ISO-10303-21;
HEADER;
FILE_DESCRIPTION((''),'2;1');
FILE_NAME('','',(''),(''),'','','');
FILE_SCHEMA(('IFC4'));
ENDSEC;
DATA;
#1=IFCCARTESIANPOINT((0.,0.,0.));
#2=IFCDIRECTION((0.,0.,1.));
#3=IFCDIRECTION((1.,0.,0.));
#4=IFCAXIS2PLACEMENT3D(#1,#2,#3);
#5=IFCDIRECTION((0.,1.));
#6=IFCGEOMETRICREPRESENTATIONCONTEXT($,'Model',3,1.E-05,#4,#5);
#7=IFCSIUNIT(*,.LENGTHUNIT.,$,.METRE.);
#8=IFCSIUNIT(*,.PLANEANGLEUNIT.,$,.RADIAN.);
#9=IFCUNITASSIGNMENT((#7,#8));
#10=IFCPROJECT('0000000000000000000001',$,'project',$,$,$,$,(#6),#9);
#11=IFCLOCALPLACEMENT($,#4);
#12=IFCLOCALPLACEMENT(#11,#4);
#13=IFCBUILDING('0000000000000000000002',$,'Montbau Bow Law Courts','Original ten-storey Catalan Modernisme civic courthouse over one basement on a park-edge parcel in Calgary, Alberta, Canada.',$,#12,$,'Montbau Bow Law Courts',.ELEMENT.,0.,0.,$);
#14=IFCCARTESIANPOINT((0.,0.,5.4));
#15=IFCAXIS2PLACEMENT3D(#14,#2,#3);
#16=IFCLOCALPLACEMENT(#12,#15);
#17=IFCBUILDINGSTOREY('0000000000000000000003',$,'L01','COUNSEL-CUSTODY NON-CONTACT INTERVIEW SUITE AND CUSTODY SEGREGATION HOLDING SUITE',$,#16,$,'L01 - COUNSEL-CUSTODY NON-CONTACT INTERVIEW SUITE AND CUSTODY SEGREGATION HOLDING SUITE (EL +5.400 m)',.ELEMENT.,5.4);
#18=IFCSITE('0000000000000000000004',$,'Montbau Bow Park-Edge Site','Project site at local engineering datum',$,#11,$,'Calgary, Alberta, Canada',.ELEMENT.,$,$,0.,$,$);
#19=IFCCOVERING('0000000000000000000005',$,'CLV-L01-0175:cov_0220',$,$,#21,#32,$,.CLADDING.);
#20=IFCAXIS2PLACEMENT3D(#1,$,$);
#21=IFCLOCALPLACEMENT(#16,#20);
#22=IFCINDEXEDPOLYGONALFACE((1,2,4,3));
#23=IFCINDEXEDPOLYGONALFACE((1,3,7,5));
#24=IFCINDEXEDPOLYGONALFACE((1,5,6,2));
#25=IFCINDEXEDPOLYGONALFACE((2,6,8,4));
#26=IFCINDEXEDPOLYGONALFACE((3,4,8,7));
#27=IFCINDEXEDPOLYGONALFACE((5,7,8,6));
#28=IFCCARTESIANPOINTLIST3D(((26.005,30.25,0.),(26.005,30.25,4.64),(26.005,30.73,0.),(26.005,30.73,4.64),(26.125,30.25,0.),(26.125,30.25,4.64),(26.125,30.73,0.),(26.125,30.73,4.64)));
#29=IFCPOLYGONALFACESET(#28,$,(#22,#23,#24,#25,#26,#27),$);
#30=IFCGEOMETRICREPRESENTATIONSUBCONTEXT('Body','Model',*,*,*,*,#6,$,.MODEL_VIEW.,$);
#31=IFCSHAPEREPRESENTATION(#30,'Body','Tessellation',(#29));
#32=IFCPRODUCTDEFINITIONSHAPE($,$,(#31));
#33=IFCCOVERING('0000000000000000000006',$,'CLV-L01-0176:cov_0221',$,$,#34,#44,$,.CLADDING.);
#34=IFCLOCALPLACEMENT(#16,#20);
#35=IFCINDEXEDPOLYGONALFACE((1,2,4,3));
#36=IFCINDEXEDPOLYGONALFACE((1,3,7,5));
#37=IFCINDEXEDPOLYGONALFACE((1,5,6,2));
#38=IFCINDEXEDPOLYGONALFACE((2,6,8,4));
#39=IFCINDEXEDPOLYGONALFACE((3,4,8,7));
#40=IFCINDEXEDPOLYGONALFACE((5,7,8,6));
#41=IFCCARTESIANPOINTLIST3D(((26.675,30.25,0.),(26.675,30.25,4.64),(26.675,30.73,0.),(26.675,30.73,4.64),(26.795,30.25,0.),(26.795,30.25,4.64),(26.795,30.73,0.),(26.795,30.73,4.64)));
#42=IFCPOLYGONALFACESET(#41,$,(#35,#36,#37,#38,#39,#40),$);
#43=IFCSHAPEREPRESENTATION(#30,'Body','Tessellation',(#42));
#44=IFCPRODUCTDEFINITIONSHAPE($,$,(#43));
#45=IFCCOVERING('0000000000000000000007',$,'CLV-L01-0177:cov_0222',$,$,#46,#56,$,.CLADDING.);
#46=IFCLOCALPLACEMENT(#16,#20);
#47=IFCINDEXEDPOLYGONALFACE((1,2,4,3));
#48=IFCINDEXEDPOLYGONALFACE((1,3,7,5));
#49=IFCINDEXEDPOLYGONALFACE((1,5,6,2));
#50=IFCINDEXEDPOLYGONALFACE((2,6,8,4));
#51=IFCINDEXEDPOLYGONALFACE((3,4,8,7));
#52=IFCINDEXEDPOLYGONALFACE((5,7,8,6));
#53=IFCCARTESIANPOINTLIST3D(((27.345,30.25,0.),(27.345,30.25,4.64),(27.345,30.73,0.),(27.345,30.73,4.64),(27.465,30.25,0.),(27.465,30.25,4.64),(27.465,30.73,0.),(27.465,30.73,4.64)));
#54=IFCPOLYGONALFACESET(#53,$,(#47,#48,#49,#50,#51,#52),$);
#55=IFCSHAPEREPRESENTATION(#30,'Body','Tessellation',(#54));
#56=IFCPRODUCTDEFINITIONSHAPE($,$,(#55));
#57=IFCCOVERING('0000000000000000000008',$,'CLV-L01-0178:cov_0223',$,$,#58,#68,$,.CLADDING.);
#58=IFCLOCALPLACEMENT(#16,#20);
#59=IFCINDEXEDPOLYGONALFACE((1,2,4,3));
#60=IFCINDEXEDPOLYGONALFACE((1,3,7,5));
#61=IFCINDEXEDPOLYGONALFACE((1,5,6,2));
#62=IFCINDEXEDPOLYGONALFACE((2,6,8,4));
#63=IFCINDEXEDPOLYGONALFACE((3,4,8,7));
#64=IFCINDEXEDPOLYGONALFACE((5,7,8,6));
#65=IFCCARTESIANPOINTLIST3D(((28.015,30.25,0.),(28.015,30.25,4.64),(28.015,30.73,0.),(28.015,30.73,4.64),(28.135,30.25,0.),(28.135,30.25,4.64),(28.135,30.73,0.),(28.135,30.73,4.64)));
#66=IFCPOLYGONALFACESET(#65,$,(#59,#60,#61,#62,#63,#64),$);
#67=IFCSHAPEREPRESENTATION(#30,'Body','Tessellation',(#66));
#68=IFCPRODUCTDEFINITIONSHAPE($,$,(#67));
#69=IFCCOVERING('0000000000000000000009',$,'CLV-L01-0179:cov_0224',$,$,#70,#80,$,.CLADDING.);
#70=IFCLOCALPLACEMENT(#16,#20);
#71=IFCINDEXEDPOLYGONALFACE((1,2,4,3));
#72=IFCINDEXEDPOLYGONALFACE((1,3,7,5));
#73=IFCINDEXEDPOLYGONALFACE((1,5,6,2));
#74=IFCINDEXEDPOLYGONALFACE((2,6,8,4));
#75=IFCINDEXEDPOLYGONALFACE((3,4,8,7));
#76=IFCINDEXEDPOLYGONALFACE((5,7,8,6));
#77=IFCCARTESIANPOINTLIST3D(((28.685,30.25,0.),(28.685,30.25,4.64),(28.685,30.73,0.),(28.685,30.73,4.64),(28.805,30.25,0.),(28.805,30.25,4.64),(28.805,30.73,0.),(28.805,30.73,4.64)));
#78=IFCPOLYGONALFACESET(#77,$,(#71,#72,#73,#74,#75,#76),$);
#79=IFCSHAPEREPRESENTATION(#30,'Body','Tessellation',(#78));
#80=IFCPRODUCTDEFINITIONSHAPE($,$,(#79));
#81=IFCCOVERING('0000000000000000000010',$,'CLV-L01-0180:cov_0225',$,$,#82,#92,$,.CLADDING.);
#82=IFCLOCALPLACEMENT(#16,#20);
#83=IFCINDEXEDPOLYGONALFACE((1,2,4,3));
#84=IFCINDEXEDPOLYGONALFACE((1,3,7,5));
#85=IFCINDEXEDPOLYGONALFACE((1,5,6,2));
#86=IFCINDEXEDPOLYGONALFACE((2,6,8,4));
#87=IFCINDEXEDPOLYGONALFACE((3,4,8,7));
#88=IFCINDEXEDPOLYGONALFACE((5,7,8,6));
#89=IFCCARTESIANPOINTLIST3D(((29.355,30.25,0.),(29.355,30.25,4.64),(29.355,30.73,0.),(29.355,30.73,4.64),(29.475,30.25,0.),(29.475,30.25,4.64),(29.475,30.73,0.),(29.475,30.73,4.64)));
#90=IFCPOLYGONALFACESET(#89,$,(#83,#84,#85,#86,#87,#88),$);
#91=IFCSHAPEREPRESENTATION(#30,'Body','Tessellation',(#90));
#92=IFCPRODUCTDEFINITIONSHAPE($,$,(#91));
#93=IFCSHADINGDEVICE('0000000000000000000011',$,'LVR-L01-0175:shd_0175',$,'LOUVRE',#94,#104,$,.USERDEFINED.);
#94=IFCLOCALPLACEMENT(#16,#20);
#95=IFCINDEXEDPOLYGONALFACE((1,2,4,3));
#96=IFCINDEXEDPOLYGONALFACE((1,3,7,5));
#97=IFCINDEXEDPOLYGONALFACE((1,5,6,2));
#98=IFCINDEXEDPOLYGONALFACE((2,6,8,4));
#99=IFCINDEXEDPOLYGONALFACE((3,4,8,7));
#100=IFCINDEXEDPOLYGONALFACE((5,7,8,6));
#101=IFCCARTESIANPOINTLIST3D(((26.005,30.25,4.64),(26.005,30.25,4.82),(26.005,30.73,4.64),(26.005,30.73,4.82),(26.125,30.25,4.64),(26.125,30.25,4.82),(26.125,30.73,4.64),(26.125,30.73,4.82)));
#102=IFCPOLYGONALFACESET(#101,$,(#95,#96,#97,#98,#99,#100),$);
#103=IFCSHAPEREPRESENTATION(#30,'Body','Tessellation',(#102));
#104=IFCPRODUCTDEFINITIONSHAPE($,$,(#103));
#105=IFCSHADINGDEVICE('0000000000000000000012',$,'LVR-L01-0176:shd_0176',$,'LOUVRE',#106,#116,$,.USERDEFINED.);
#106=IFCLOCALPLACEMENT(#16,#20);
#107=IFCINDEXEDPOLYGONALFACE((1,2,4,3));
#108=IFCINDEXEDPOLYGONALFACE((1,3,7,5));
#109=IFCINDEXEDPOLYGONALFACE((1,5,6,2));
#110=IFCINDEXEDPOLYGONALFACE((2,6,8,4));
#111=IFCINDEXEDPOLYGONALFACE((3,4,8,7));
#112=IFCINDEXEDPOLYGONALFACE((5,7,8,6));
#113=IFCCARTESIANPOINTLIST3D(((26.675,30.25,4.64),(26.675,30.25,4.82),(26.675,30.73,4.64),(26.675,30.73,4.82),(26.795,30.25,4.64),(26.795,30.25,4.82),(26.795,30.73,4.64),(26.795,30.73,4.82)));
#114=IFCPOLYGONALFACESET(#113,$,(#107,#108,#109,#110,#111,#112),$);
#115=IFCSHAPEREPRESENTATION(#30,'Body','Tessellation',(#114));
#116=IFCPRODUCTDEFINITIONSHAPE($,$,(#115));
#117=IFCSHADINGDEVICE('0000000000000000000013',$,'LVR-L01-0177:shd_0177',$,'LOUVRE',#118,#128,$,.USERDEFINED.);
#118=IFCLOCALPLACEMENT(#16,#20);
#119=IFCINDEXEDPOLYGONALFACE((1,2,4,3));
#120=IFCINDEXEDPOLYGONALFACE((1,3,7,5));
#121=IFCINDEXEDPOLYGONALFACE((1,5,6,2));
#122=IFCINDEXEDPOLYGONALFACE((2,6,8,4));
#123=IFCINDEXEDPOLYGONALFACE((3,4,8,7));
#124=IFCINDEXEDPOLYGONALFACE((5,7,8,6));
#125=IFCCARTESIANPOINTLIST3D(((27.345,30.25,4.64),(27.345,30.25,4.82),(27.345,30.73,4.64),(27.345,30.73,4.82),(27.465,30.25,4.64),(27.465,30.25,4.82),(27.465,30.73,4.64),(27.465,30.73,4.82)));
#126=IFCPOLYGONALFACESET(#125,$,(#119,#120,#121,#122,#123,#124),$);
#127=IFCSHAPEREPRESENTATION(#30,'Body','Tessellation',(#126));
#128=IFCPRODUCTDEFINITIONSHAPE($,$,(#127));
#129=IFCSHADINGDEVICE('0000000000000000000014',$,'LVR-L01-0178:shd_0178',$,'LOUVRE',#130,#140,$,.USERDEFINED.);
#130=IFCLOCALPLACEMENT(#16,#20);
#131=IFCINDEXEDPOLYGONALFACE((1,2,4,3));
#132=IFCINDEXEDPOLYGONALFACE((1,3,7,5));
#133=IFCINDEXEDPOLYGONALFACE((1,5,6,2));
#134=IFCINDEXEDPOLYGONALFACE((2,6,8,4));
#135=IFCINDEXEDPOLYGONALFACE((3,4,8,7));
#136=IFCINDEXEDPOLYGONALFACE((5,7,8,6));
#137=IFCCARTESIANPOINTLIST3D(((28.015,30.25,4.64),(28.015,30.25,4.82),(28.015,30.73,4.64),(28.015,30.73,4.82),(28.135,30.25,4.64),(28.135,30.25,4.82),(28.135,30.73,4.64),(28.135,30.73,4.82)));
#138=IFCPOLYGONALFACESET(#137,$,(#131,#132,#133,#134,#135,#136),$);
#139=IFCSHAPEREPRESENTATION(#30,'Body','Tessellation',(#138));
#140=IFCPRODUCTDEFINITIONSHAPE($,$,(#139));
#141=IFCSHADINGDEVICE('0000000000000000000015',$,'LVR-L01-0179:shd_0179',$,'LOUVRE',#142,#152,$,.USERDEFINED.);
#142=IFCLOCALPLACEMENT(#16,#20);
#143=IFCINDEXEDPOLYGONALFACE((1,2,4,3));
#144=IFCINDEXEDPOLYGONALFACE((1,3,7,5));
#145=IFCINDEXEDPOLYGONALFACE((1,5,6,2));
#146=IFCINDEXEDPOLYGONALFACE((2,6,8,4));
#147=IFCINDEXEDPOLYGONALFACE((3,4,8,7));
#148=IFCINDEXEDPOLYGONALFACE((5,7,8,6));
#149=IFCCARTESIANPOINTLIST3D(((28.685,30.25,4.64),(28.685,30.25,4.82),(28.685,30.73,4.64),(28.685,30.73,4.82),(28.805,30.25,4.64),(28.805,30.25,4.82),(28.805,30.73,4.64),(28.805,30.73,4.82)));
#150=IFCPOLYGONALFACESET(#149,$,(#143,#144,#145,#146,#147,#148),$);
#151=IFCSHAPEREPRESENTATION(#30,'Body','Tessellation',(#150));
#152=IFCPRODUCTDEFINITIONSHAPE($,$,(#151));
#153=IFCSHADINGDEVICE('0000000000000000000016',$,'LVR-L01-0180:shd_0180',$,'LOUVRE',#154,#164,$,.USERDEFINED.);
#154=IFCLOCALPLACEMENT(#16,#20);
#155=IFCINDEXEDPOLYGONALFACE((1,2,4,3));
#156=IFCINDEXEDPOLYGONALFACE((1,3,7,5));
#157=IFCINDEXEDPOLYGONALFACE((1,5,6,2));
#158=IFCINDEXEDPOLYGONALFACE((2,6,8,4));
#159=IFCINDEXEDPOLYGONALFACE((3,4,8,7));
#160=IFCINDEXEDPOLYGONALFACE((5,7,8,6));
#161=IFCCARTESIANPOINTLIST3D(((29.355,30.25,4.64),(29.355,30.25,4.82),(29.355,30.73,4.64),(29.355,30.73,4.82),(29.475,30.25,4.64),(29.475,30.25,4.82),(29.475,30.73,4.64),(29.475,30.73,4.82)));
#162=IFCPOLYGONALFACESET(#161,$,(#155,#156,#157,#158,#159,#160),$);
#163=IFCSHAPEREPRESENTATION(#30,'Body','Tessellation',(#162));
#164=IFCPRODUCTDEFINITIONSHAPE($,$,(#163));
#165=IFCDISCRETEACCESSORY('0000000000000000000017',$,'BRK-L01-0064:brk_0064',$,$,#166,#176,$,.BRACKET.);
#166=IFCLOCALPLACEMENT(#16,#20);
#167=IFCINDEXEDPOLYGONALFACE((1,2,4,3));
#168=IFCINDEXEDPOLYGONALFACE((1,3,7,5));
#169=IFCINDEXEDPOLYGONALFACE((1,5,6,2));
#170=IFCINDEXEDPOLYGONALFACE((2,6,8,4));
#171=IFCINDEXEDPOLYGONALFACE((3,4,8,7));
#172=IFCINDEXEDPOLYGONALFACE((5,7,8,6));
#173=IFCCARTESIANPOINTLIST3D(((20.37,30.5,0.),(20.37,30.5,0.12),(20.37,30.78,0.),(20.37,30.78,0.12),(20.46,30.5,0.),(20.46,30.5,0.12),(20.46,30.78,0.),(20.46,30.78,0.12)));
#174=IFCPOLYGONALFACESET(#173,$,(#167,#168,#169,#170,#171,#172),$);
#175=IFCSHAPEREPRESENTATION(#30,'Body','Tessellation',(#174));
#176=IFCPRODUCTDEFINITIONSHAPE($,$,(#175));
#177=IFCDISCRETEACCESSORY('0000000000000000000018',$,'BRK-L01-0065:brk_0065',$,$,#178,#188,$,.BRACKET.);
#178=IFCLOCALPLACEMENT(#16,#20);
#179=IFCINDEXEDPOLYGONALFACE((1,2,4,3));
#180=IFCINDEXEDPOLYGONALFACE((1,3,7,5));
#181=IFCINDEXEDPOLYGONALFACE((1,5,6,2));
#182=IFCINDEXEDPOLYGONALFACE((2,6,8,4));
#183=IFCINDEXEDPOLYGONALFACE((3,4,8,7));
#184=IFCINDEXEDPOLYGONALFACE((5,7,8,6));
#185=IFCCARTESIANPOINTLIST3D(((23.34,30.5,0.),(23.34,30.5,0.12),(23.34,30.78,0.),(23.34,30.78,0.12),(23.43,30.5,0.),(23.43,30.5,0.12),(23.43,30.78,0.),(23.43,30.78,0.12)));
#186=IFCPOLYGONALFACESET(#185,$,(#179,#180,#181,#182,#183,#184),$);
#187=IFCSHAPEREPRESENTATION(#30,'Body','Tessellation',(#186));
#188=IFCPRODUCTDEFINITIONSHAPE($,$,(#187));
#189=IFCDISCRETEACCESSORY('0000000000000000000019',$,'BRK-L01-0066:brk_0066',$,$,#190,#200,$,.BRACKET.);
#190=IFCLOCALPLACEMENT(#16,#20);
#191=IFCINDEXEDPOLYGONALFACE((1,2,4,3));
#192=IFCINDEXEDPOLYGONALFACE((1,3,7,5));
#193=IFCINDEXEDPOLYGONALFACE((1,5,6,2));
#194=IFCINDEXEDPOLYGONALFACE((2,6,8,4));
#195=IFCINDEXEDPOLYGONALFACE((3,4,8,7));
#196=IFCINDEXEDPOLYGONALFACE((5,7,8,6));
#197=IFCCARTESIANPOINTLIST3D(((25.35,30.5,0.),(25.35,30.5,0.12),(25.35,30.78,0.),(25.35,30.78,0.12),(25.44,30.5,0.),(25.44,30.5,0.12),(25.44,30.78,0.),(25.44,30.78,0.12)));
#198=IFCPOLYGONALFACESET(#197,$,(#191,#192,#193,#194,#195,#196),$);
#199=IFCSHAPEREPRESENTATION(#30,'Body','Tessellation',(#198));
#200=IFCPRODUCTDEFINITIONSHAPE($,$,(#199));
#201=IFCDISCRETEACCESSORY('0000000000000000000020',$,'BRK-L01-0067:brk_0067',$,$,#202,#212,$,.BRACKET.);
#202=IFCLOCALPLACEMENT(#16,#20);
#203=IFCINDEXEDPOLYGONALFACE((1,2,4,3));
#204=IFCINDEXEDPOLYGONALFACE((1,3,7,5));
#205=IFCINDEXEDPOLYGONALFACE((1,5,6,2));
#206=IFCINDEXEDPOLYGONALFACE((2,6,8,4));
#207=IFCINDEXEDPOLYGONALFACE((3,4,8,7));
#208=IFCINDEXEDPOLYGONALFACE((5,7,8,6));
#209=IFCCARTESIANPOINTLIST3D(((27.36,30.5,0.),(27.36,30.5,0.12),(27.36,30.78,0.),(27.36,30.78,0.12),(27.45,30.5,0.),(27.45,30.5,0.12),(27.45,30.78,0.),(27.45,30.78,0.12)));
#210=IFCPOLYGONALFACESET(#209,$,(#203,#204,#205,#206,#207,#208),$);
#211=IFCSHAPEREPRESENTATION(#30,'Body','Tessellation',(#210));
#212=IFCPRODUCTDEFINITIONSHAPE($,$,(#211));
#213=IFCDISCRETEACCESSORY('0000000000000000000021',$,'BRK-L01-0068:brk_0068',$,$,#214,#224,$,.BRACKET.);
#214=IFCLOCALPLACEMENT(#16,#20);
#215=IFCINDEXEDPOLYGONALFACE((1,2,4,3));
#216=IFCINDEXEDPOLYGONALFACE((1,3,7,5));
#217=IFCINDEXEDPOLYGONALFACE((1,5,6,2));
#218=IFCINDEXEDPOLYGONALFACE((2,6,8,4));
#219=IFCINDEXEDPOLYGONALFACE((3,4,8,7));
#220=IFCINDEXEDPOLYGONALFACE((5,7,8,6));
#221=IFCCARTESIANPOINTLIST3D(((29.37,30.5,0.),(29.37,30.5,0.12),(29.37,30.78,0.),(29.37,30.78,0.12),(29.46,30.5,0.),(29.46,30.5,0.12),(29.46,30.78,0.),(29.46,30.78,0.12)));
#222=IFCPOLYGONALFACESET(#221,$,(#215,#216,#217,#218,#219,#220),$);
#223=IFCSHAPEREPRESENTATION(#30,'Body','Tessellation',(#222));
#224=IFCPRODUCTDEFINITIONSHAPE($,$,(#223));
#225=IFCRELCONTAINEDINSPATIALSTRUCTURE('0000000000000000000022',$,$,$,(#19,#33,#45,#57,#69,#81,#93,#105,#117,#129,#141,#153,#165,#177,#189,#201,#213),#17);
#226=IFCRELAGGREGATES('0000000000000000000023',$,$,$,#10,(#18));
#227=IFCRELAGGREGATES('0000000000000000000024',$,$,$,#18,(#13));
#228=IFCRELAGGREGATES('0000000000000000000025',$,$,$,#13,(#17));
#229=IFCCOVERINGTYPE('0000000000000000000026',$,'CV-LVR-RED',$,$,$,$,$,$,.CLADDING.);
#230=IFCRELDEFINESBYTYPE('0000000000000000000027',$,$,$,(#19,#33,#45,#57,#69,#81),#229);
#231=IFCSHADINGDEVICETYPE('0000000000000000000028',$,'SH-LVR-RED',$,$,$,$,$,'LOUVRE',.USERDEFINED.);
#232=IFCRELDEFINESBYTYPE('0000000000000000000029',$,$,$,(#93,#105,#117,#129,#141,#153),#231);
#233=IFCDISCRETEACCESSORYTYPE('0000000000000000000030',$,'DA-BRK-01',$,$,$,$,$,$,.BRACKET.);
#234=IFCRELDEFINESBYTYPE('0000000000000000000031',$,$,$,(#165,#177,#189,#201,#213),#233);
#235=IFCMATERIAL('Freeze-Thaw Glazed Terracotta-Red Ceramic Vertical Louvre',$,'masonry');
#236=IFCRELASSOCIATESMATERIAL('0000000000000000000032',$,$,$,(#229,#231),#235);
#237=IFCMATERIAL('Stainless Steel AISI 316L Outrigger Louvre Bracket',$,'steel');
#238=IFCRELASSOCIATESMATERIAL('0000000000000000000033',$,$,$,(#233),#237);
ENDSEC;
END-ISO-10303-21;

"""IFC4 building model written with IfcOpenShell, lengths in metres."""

from ifc_helpers import new_model, si_unit, direction, frame, frame_2d, origin_with_axes, origin_2d_with_axis, place, context, subcontext, project, spatial, rectangle, extrude, material, type_object, element, save


model = new_model("IFC4")

# Units and contexts
model_context = context("Model", 3, precision=1e-05, world=origin_with_axes(), true_north=direction((0.0, 1.0)))
body_context = subcontext(model_context, "Body", "Model", "MODEL_VIEW")
ifc_project = project(units=[si_unit("LENGTHUNIT", "METRE"), si_unit("PLANEANGLEUNIT", "RADIAN")], contexts=[model_context])

# Site, building, storey
site_placement = place(None, origin_with_axes())
site = spatial("IfcSite", under=ifc_project, at=site_placement, Name="Montbau Bow Park-Edge Site", Description="Project site at local engineering datum", LongName="Calgary, Alberta, Canada", CompositionType="ELEMENT", RefElevation=0.0)
building_placement = place(site_placement, origin_with_axes())
building = spatial("IfcBuilding", under=site, at=building_placement, Name="Montbau Bow Law Courts", Description="Original ten-storey Catalan Modernisme civic courthouse over one basement on a park-edge parcel in Calgary, Alberta, Canada.", LongName="Montbau Bow Law Courts", CompositionType="ELEMENT", ElevationOfRefHeight=0.0, ElevationOfTerrain=0.0)
storey_placement = place(building_placement, frame((0.0, 0.0, 5.4), z_axis=(0.0, 0.0, 1.0), x_axis=(1.0, 0.0, 0.0)))
storey = spatial("IfcBuildingStorey", under=building, at=storey_placement, Name="L01", Description="COUNSEL-CUSTODY NON-CONTACT INTERVIEW SUITE AND CUSTODY SEGREGATION HOLDING SUITE", LongName="L01 - COUNSEL-CUSTODY NON-CONTACT INTERVIEW SUITE AND CUSTODY SEGREGATION HOLDING SUITE (EL +5.400 m)", CompositionType="ELEMENT", Elevation=5.4)

# Coverings
ifc_material_1 = material(Name="Freeze-Thaw Glazed Terracotta-Red Ceramic Vertical Louvre", Category="masonry")
covering_type = type_object("IfcCoveringType", Name="CV-LVR-RED", PredefinedType="CLADDING", material=ifc_material_1)
for number, where, z_axis, x_axis, name in (
    (1, (26.065, 30.73, 5.4), (-1.0, 0.0, 0.0), (0.0, -1.0, 0.0), "CLV-L01-0175:cov_0220"),
    (2, (26.735, 30.73, 5.4), (-1.0, 0.0, 0.0), (0.0, -1.0, 0.0), "CLV-L01-0176:cov_0221"),
    (3, (27.405, 30.73, 5.4), (-1.0, 0.0, 0.0), (0.0, -1.0, 0.0), "CLV-L01-0177:cov_0222"),
    (4, (28.075, 30.73, 5.4), (-1.0, 0.0, 0.0), (0.0, -1.0, 0.0), "CLV-L01-0178:cov_0223"),
    (5, (28.745, 30.73, 5.4), (-1.0, 0.0, 0.0), (0.0, -1.0, 0.0), "CLV-L01-0179:cov_0224"),
    (6, (29.415, 30.73, 5.4), (-1.0, 0.0, 0.0), (0.0, -1.0, 0.0), "CLV-L01-0180:cov_0225"),
):
    element("IfcCovering", number, at=place(None, frame(where, z_axis=z_axis, x_axis=x_axis)), inside=storey, type_object=covering_type, Name=name, PredefinedType="CLADDING", context=body_context, shape_type="SweptSolid", body=[
        extrude(rectangle(XDim=0.48, YDim=4.64, at=frame_2d((0.24, 2.32), x_axis=(1.0, 0.0))), frame((0.0, 0.0, -0.06), z_axis=(0.0, 0.0, 1.0), x_axis=(1.0, 0.0, 0.0)), (0.0, 0.0, 1.0), 0.12),
    ])

# Shading devices
shading_device_type = type_object("IfcShadingDeviceType", Name="SH-LVR-RED", ElementType="LOUVRE", PredefinedType="USERDEFINED", material=ifc_material_1)
for number, where, z_axis, x_axis, name in (
    (7, (26.065, 30.49, 10.04), (0.0, 0.0, 1.0), (0.0, -1.0, 0.0), "LVR-L01-0175:shd_0175"),
    (8, (26.735, 30.49, 10.04), (0.0, 0.0, 1.0), (0.0, -1.0, 0.0), "LVR-L01-0176:shd_0176"),
    (9, (27.405, 30.49, 10.04), (0.0, 0.0, 1.0), (0.0, -1.0, 0.0), "LVR-L01-0177:shd_0177"),
    (10, (28.075, 30.49, 10.04), (0.0, 0.0, 1.0), (0.0, -1.0, 0.0), "LVR-L01-0178:shd_0178"),
    (11, (28.745, 30.49, 10.04), (0.0, 0.0, 1.0), (0.0, -1.0, 0.0), "LVR-L01-0179:shd_0179"),
    (12, (29.415, 30.49, 10.04), (0.0, 0.0, 1.0), (0.0, -1.0, 0.0), "LVR-L01-0180:shd_0180"),
):
    element("IfcShadingDevice", number, at=place(None, frame(where, z_axis=z_axis, x_axis=x_axis)), inside=storey, type_object=shading_device_type, Name=name, ObjectType="LOUVRE", PredefinedType="USERDEFINED", context=body_context, shape_type="SweptSolid", body=[
        extrude(rectangle(XDim=0.48, YDim=0.12, at=origin_2d_with_axis()), origin_with_axes(), (0.0, 0.0, 1.0), 0.18),
    ])

# Discrete accessories
ifc_material_2 = material(Name="Stainless Steel AISI 316L Outrigger Louvre Bracket", Category="steel")
discrete_accessory_type = type_object("IfcDiscreteAccessoryType", Name="DA-BRK-01", PredefinedType="BRACKET", material=ifc_material_2)
for number, where, z_axis, x_axis, name in (
    (13, (20.415, 30.64, 5.4), (0.0, 0.0, 1.0), (0.0, -1.0, 0.0), "BRK-L01-0064:brk_0064"),
    (14, (23.385, 30.64, 5.4), (0.0, 0.0, 1.0), (0.0, -1.0, 0.0), "BRK-L01-0065:brk_0065"),
    (15, (25.395, 30.64, 5.4), (0.0, 0.0, 1.0), (0.0, -1.0, 0.0), "BRK-L01-0066:brk_0066"),
    (16, (27.405, 30.64, 5.4), (0.0, 0.0, 1.0), (0.0, -1.0, 0.0), "BRK-L01-0067:brk_0067"),
    (17, (29.415, 30.64, 5.4), (0.0, 0.0, 1.0), (0.0, -1.0, 0.0), "BRK-L01-0068:brk_0068"),
):
    element("IfcDiscreteAccessory", number, at=place(None, frame(where, z_axis=z_axis, x_axis=x_axis)), inside=storey, type_object=discrete_accessory_type, Name=name, PredefinedType="BRACKET", context=body_context, shape_type="SweptSolid", body=[
        extrude(rectangle(XDim=0.28, YDim=0.09, at=origin_2d_with_axis()), origin_with_axes(), (0.0, 0.0, 1.0), 0.12),
    ])

save(model, "model.ifc")
